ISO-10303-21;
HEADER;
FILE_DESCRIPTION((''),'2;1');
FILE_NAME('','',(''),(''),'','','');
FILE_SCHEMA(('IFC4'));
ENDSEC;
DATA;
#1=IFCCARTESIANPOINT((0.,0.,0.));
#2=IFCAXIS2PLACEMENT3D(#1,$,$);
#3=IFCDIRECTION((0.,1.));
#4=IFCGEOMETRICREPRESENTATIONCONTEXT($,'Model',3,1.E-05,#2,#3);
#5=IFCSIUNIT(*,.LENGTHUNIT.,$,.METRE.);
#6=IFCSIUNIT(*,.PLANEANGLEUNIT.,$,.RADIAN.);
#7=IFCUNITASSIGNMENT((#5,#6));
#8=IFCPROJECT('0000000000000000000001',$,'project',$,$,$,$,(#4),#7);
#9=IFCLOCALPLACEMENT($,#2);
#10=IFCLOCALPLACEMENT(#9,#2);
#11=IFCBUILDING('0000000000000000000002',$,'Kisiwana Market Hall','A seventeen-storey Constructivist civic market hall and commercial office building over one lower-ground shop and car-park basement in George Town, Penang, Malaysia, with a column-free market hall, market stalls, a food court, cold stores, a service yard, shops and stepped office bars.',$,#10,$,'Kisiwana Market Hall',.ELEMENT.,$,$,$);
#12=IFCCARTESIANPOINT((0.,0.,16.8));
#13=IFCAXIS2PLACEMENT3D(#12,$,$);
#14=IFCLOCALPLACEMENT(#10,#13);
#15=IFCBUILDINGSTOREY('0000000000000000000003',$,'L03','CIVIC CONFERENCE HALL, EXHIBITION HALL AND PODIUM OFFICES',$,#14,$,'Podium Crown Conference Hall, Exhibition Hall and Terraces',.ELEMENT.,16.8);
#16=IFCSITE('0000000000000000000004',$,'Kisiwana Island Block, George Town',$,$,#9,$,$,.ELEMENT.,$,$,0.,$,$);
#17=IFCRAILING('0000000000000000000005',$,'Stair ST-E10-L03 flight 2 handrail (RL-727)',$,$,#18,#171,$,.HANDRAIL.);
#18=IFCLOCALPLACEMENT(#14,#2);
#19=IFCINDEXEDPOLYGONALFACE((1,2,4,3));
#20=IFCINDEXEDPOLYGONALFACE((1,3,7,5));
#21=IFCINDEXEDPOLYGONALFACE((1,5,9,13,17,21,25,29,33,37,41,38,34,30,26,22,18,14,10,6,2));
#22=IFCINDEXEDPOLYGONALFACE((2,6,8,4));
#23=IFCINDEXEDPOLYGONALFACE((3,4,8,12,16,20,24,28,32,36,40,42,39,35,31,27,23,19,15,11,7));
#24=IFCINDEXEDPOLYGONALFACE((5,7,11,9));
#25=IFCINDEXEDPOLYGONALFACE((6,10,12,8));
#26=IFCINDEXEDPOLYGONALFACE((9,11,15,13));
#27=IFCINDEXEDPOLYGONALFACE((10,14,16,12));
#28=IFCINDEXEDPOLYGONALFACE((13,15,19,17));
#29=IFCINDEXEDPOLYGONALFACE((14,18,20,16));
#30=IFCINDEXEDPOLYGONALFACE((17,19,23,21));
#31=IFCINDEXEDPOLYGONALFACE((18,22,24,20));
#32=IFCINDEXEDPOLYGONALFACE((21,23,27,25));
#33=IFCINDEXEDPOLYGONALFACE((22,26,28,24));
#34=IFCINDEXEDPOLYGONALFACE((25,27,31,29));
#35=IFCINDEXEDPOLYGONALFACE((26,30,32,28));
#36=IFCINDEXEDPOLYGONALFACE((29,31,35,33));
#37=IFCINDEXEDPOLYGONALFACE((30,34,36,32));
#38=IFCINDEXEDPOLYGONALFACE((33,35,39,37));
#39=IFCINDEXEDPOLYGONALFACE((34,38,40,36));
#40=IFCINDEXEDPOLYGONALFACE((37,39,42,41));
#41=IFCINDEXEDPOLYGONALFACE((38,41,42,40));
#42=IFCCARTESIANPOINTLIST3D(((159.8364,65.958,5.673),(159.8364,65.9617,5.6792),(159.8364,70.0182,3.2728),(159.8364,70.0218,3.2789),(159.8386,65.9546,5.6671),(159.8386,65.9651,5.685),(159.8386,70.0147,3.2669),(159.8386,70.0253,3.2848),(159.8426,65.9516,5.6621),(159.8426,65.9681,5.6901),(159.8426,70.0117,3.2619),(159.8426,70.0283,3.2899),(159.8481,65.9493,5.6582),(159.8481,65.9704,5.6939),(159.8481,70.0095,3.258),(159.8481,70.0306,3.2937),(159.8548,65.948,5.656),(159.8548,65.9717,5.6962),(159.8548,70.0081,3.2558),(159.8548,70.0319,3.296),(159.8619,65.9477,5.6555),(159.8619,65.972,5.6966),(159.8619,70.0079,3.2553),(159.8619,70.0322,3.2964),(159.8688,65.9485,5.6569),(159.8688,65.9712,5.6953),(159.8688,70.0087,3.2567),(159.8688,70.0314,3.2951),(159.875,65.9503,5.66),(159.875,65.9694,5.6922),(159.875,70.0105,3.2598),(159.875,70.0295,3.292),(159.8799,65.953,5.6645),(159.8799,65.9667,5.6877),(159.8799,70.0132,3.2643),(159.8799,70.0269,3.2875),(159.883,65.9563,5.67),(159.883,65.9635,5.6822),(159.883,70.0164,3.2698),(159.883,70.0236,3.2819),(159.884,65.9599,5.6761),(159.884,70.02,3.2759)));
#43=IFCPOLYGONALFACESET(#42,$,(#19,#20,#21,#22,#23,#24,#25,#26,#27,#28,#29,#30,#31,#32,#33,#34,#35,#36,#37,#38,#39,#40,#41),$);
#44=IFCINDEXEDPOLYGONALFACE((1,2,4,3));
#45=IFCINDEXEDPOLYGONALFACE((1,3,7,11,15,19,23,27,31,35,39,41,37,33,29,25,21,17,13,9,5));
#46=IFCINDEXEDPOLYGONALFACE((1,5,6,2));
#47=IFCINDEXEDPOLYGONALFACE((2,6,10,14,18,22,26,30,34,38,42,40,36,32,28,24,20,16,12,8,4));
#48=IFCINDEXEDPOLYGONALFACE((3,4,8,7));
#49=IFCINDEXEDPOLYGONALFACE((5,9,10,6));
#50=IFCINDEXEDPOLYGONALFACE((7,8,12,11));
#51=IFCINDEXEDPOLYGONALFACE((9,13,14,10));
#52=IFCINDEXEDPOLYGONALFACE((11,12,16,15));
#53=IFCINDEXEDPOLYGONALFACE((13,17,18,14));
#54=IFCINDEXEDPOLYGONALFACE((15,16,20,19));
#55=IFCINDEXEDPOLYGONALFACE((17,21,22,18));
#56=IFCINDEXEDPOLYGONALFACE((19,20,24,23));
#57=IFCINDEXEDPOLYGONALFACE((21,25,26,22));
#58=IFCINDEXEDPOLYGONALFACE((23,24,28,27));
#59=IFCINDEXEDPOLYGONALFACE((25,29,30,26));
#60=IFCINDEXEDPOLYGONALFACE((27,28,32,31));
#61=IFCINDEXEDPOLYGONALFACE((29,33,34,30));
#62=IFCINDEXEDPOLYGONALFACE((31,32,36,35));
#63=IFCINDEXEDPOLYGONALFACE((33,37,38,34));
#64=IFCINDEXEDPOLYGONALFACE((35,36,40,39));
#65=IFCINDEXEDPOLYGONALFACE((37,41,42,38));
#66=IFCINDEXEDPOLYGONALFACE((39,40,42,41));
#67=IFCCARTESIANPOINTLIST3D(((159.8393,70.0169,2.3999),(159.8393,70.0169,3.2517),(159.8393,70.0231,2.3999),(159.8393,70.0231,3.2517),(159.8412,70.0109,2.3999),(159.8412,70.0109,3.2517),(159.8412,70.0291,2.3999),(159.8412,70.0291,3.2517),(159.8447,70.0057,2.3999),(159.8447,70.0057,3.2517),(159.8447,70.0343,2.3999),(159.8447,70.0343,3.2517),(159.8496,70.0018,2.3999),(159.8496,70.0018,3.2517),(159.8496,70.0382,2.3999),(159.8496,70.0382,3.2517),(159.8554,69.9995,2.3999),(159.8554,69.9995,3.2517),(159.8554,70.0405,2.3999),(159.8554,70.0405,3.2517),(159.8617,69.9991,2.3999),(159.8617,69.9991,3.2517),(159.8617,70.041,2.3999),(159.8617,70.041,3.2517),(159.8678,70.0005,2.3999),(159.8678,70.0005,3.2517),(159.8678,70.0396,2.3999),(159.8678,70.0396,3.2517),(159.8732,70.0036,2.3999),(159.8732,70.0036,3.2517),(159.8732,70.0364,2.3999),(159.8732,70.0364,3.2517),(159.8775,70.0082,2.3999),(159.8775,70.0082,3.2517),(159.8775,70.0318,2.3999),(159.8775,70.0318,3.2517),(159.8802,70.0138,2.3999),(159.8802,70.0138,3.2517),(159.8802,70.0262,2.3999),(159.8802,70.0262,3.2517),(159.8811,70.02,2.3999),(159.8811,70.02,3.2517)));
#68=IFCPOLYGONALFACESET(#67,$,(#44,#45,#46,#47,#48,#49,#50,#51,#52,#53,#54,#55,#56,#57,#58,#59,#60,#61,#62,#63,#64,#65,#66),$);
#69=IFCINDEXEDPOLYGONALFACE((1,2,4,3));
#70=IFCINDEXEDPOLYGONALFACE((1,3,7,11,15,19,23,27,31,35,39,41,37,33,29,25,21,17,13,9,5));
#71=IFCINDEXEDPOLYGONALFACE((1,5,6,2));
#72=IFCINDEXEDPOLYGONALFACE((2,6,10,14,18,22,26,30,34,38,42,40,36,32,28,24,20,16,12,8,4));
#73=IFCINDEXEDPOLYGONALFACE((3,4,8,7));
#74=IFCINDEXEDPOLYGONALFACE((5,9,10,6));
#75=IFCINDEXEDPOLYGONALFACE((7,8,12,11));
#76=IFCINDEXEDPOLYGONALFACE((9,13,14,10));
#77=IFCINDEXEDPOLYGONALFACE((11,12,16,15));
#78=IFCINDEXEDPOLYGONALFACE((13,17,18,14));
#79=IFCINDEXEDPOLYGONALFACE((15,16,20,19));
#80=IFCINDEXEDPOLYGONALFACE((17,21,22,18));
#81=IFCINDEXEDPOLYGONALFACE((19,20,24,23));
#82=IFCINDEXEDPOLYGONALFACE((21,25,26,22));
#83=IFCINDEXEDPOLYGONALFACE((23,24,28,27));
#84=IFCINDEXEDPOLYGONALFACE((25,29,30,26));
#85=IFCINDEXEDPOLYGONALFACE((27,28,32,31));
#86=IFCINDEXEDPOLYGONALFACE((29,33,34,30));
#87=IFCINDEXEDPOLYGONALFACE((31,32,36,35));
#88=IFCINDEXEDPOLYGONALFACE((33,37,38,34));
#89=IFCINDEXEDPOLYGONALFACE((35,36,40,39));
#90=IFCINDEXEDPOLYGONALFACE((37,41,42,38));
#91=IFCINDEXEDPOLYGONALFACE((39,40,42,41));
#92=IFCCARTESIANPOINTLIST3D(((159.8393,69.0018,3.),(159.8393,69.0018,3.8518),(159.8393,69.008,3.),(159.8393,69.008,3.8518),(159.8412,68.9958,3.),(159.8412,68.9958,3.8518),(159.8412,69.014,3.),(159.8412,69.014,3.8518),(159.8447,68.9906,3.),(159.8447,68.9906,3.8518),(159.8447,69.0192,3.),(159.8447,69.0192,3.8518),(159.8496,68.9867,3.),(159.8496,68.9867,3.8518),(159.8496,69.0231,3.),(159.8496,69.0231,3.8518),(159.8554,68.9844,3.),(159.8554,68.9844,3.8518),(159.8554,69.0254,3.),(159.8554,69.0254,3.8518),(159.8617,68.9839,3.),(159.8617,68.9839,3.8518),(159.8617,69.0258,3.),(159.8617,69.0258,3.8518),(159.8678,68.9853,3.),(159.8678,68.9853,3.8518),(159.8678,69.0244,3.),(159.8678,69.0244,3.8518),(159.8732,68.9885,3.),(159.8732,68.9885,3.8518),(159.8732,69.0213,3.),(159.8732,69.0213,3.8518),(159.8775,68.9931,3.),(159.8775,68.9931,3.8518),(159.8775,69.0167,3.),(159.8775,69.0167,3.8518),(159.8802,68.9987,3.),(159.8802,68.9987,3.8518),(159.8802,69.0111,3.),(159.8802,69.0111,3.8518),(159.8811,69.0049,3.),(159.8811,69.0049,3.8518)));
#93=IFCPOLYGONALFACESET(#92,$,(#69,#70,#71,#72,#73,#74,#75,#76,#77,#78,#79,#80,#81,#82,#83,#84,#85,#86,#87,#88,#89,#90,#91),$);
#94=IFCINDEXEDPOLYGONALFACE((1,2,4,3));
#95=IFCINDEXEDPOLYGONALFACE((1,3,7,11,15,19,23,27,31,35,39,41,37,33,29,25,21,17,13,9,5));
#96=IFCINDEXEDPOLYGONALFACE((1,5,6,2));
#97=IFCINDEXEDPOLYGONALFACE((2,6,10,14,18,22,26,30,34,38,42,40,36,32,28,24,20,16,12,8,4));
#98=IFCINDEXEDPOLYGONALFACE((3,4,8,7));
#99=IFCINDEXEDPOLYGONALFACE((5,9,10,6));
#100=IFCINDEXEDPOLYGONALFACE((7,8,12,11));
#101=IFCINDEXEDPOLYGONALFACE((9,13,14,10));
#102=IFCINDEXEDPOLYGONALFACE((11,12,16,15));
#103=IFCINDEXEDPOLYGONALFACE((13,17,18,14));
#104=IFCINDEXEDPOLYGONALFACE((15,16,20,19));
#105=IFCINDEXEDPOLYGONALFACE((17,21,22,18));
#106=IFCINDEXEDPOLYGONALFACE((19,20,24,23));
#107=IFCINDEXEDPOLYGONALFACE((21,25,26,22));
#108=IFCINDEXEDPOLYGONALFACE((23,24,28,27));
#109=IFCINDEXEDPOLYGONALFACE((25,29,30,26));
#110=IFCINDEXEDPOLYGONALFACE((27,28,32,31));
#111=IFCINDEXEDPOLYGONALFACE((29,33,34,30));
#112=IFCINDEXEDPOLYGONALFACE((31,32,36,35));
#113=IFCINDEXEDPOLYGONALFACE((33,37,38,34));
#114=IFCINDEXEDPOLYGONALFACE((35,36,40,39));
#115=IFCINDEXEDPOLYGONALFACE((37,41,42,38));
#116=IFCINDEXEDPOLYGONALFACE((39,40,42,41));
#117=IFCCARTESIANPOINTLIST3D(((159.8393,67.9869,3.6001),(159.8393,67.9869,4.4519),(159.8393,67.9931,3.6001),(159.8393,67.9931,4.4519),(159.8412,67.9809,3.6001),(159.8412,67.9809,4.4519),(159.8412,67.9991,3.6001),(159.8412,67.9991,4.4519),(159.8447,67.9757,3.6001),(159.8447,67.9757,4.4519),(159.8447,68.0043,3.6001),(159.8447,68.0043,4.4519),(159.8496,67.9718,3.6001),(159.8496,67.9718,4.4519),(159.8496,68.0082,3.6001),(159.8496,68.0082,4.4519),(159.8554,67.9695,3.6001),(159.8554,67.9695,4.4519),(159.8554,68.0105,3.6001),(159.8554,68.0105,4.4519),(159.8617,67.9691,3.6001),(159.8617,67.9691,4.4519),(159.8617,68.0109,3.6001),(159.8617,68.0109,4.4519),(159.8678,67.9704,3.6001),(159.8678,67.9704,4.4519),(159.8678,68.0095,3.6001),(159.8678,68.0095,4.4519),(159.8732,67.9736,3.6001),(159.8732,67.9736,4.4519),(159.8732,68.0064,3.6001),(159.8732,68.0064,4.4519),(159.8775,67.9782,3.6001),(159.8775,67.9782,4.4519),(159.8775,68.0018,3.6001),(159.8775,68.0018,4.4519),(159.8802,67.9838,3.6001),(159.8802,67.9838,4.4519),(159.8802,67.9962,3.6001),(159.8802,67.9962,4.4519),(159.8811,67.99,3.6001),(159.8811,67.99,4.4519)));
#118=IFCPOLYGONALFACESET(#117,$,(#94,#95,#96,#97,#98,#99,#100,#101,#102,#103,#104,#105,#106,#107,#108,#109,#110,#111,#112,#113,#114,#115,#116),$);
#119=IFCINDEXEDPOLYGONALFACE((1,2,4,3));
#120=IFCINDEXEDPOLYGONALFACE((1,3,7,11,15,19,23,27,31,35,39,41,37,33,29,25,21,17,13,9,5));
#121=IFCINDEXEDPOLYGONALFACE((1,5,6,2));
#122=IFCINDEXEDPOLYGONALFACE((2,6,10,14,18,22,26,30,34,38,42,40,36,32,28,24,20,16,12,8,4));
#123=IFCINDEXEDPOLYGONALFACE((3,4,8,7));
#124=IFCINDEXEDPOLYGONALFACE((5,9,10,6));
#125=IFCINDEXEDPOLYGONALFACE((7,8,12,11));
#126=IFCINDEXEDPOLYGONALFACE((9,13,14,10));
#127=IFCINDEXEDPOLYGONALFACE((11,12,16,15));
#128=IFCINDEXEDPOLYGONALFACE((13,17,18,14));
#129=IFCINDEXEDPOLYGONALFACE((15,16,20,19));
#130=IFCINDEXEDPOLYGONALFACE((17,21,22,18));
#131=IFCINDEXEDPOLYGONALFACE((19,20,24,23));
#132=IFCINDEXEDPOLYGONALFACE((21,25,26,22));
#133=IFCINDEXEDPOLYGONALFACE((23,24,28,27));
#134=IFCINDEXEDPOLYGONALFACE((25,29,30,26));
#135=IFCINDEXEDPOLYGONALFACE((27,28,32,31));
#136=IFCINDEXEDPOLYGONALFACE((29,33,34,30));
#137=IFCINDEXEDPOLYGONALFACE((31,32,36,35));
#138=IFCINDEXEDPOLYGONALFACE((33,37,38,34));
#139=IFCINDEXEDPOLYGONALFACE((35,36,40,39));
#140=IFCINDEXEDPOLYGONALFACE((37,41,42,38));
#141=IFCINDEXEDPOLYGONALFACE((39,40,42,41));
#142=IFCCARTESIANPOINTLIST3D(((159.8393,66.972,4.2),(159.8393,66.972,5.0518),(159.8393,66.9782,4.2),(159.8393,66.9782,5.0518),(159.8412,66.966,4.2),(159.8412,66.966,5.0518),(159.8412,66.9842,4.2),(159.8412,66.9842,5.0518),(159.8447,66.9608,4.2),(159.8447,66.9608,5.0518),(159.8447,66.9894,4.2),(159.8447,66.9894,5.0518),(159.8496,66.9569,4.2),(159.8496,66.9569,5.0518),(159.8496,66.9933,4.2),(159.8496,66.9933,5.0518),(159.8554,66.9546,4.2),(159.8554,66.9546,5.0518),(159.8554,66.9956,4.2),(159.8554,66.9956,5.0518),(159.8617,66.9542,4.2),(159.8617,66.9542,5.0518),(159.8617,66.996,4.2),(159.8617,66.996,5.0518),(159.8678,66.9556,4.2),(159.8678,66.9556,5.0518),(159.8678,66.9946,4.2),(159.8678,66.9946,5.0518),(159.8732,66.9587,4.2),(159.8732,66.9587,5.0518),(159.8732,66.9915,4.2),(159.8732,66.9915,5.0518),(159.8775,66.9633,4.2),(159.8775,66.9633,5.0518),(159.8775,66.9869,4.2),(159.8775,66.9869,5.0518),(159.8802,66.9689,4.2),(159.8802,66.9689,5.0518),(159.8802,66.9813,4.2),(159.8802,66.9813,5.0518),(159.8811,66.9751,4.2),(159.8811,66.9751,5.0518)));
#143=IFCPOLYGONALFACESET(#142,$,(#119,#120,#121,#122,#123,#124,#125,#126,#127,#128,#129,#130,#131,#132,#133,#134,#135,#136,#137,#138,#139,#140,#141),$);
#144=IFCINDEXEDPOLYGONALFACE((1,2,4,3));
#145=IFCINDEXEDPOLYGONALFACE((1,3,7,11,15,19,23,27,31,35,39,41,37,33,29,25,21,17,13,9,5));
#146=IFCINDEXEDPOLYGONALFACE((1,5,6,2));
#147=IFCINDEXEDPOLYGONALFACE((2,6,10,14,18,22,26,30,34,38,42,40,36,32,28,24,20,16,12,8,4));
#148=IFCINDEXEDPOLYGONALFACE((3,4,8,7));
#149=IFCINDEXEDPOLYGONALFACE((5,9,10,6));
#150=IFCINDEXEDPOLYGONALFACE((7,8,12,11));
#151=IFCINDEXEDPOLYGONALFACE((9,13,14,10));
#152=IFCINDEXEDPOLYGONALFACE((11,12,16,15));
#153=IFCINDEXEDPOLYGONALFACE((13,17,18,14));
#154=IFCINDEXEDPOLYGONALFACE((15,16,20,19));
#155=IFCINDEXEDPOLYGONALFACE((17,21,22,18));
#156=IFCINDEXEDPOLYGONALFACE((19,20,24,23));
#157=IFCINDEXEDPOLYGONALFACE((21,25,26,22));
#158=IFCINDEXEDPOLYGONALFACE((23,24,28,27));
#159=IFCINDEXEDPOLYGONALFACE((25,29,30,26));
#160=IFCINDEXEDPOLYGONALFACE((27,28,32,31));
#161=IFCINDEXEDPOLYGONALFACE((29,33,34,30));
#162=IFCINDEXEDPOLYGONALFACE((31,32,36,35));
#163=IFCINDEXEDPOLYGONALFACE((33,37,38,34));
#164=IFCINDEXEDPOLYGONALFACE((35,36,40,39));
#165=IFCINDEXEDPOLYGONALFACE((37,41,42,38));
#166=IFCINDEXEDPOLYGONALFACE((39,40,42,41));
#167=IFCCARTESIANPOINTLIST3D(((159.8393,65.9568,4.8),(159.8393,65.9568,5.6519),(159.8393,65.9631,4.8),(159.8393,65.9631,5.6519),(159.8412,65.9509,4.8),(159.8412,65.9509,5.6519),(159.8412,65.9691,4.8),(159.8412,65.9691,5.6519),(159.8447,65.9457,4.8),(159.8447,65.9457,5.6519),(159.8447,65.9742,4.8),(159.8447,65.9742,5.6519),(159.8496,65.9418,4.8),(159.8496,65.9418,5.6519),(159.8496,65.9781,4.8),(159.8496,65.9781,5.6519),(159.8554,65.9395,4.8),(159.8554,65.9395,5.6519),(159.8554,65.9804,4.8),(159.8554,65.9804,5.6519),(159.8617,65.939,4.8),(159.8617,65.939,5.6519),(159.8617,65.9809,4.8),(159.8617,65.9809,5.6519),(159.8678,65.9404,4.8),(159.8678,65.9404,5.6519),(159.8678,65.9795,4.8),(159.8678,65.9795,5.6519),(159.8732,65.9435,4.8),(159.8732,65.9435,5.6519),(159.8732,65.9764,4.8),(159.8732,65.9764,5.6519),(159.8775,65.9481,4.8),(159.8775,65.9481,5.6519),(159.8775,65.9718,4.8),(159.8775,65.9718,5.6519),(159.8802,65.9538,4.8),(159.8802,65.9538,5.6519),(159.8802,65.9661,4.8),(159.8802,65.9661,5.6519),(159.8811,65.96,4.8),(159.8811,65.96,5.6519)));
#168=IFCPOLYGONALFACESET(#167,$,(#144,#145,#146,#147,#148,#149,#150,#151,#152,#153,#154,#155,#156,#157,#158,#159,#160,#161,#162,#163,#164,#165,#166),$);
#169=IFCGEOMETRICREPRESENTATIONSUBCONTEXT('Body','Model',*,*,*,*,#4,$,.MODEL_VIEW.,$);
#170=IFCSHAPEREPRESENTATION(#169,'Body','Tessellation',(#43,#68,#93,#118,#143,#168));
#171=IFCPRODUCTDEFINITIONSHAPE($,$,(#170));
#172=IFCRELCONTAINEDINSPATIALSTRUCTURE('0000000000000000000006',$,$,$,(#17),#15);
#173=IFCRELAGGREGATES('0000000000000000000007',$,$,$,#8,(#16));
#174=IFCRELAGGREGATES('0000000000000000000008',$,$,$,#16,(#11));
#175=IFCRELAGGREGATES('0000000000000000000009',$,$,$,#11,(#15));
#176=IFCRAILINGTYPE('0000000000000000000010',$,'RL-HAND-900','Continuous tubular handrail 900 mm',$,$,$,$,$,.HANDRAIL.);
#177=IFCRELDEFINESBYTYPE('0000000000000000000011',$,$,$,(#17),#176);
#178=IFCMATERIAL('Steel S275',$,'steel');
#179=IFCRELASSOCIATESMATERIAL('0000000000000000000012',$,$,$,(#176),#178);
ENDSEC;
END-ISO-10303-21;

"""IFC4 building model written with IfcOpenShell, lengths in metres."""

from ifc_helpers import new_model, si_unit, direction, frame, origin, origin_2d, place, context, subcontext, project, spatial, circle, extrude, material, type_object, element, save


model = new_model("IFC4")

# Units and contexts
model_context = context("Model", 3, precision=1e-05, world=origin(), true_north=direction((0.0, 1.0)))
body_context = subcontext(model_context, "Body", "Model", "MODEL_VIEW")
ifc_project = project(units=[si_unit("LENGTHUNIT", "METRE"), si_unit("PLANEANGLEUNIT", "RADIAN")], contexts=[model_context])

# Site, building, storey
site_placement = place(None, origin())
site = spatial("IfcSite", under=ifc_project, at=site_placement, Name="Kisiwana Island Block, George Town", CompositionType="ELEMENT", RefElevation=0.0)
building_placement = place(site_placement, origin())
building = spatial("IfcBuilding", under=site, at=building_placement, Name="Kisiwana Market Hall", Description="A seventeen-storey Constructivist civic market hall and commercial office building over one lower-ground shop and car-park basement in George Town, Penang, Malaysia, with a column-free market hall, market stalls, a food court, cold stores, a service yard, shops and stepped office bars.", LongName="Kisiwana Market Hall", CompositionType="ELEMENT")
storey_placement = place(building_placement, frame((0.0, 0.0, 16.8)))
storey = spatial("IfcBuildingStorey", under=building, at=storey_placement, Name="L03", Description="CIVIC CONFERENCE HALL, EXHIBITION HALL AND PODIUM OFFICES", LongName="Podium Crown Conference Hall, Exhibition Hall and Terraces", CompositionType="ELEMENT", Elevation=16.8)

# Railing
ifc_material_1 = material(Name="Steel S275", Category="steel")
railing_type_1 = type_object("IfcRailingType", Name="RL-HAND-900", Description="Continuous tubular handrail 900 mm", PredefinedType="HANDRAIL", material=ifc_material_1)
for number, where, name in (
    (1, (159.8601, 70.02, 2.3999), "Stair ST-E10-L03 flight 2 handrail (RL-727)"),
):
    element("IfcRailing", number, at=place(storey_placement, frame(where)), inside=storey, type_object=railing_type_1, Name=name, PredefinedType="HANDRAIL", context=body_context, shape_type="SweptSolid", body=[
        extrude(circle(Radius=0.0239, at=origin_2d()), frame((0.0, 0.0, 0.876), z_axis=(0.0, -0.860832, 0.50889), x_axis=(1.0, 0.0, 0.0)), (0.0, 0.0, 1.0), 4.7166),
        extrude(circle(Radius=0.021, at=origin_2d()), origin(), (0.0, 0.0, 1.0), 0.8518),
        extrude(circle(Radius=0.021, at=origin_2d()), frame((0.0, -1.0151, 0.6001)), (0.0, 0.0, 1.0), 0.8518),
        extrude(circle(Radius=0.021, at=origin_2d()), frame((0.0, -2.03, 1.2002)), (0.0, 0.0, 1.0), 0.8518),
        extrude(circle(Radius=0.021, at=origin_2d()), frame((0.0, -3.0449, 1.8)), (0.0, 0.0, 1.0), 0.8518),
        extrude(circle(Radius=0.021, at=origin_2d()), frame((0.0, -4.0601, 2.4001)), (0.0, 0.0, 1.0), 0.8518),
    ])

save(model, "model.ifc")
